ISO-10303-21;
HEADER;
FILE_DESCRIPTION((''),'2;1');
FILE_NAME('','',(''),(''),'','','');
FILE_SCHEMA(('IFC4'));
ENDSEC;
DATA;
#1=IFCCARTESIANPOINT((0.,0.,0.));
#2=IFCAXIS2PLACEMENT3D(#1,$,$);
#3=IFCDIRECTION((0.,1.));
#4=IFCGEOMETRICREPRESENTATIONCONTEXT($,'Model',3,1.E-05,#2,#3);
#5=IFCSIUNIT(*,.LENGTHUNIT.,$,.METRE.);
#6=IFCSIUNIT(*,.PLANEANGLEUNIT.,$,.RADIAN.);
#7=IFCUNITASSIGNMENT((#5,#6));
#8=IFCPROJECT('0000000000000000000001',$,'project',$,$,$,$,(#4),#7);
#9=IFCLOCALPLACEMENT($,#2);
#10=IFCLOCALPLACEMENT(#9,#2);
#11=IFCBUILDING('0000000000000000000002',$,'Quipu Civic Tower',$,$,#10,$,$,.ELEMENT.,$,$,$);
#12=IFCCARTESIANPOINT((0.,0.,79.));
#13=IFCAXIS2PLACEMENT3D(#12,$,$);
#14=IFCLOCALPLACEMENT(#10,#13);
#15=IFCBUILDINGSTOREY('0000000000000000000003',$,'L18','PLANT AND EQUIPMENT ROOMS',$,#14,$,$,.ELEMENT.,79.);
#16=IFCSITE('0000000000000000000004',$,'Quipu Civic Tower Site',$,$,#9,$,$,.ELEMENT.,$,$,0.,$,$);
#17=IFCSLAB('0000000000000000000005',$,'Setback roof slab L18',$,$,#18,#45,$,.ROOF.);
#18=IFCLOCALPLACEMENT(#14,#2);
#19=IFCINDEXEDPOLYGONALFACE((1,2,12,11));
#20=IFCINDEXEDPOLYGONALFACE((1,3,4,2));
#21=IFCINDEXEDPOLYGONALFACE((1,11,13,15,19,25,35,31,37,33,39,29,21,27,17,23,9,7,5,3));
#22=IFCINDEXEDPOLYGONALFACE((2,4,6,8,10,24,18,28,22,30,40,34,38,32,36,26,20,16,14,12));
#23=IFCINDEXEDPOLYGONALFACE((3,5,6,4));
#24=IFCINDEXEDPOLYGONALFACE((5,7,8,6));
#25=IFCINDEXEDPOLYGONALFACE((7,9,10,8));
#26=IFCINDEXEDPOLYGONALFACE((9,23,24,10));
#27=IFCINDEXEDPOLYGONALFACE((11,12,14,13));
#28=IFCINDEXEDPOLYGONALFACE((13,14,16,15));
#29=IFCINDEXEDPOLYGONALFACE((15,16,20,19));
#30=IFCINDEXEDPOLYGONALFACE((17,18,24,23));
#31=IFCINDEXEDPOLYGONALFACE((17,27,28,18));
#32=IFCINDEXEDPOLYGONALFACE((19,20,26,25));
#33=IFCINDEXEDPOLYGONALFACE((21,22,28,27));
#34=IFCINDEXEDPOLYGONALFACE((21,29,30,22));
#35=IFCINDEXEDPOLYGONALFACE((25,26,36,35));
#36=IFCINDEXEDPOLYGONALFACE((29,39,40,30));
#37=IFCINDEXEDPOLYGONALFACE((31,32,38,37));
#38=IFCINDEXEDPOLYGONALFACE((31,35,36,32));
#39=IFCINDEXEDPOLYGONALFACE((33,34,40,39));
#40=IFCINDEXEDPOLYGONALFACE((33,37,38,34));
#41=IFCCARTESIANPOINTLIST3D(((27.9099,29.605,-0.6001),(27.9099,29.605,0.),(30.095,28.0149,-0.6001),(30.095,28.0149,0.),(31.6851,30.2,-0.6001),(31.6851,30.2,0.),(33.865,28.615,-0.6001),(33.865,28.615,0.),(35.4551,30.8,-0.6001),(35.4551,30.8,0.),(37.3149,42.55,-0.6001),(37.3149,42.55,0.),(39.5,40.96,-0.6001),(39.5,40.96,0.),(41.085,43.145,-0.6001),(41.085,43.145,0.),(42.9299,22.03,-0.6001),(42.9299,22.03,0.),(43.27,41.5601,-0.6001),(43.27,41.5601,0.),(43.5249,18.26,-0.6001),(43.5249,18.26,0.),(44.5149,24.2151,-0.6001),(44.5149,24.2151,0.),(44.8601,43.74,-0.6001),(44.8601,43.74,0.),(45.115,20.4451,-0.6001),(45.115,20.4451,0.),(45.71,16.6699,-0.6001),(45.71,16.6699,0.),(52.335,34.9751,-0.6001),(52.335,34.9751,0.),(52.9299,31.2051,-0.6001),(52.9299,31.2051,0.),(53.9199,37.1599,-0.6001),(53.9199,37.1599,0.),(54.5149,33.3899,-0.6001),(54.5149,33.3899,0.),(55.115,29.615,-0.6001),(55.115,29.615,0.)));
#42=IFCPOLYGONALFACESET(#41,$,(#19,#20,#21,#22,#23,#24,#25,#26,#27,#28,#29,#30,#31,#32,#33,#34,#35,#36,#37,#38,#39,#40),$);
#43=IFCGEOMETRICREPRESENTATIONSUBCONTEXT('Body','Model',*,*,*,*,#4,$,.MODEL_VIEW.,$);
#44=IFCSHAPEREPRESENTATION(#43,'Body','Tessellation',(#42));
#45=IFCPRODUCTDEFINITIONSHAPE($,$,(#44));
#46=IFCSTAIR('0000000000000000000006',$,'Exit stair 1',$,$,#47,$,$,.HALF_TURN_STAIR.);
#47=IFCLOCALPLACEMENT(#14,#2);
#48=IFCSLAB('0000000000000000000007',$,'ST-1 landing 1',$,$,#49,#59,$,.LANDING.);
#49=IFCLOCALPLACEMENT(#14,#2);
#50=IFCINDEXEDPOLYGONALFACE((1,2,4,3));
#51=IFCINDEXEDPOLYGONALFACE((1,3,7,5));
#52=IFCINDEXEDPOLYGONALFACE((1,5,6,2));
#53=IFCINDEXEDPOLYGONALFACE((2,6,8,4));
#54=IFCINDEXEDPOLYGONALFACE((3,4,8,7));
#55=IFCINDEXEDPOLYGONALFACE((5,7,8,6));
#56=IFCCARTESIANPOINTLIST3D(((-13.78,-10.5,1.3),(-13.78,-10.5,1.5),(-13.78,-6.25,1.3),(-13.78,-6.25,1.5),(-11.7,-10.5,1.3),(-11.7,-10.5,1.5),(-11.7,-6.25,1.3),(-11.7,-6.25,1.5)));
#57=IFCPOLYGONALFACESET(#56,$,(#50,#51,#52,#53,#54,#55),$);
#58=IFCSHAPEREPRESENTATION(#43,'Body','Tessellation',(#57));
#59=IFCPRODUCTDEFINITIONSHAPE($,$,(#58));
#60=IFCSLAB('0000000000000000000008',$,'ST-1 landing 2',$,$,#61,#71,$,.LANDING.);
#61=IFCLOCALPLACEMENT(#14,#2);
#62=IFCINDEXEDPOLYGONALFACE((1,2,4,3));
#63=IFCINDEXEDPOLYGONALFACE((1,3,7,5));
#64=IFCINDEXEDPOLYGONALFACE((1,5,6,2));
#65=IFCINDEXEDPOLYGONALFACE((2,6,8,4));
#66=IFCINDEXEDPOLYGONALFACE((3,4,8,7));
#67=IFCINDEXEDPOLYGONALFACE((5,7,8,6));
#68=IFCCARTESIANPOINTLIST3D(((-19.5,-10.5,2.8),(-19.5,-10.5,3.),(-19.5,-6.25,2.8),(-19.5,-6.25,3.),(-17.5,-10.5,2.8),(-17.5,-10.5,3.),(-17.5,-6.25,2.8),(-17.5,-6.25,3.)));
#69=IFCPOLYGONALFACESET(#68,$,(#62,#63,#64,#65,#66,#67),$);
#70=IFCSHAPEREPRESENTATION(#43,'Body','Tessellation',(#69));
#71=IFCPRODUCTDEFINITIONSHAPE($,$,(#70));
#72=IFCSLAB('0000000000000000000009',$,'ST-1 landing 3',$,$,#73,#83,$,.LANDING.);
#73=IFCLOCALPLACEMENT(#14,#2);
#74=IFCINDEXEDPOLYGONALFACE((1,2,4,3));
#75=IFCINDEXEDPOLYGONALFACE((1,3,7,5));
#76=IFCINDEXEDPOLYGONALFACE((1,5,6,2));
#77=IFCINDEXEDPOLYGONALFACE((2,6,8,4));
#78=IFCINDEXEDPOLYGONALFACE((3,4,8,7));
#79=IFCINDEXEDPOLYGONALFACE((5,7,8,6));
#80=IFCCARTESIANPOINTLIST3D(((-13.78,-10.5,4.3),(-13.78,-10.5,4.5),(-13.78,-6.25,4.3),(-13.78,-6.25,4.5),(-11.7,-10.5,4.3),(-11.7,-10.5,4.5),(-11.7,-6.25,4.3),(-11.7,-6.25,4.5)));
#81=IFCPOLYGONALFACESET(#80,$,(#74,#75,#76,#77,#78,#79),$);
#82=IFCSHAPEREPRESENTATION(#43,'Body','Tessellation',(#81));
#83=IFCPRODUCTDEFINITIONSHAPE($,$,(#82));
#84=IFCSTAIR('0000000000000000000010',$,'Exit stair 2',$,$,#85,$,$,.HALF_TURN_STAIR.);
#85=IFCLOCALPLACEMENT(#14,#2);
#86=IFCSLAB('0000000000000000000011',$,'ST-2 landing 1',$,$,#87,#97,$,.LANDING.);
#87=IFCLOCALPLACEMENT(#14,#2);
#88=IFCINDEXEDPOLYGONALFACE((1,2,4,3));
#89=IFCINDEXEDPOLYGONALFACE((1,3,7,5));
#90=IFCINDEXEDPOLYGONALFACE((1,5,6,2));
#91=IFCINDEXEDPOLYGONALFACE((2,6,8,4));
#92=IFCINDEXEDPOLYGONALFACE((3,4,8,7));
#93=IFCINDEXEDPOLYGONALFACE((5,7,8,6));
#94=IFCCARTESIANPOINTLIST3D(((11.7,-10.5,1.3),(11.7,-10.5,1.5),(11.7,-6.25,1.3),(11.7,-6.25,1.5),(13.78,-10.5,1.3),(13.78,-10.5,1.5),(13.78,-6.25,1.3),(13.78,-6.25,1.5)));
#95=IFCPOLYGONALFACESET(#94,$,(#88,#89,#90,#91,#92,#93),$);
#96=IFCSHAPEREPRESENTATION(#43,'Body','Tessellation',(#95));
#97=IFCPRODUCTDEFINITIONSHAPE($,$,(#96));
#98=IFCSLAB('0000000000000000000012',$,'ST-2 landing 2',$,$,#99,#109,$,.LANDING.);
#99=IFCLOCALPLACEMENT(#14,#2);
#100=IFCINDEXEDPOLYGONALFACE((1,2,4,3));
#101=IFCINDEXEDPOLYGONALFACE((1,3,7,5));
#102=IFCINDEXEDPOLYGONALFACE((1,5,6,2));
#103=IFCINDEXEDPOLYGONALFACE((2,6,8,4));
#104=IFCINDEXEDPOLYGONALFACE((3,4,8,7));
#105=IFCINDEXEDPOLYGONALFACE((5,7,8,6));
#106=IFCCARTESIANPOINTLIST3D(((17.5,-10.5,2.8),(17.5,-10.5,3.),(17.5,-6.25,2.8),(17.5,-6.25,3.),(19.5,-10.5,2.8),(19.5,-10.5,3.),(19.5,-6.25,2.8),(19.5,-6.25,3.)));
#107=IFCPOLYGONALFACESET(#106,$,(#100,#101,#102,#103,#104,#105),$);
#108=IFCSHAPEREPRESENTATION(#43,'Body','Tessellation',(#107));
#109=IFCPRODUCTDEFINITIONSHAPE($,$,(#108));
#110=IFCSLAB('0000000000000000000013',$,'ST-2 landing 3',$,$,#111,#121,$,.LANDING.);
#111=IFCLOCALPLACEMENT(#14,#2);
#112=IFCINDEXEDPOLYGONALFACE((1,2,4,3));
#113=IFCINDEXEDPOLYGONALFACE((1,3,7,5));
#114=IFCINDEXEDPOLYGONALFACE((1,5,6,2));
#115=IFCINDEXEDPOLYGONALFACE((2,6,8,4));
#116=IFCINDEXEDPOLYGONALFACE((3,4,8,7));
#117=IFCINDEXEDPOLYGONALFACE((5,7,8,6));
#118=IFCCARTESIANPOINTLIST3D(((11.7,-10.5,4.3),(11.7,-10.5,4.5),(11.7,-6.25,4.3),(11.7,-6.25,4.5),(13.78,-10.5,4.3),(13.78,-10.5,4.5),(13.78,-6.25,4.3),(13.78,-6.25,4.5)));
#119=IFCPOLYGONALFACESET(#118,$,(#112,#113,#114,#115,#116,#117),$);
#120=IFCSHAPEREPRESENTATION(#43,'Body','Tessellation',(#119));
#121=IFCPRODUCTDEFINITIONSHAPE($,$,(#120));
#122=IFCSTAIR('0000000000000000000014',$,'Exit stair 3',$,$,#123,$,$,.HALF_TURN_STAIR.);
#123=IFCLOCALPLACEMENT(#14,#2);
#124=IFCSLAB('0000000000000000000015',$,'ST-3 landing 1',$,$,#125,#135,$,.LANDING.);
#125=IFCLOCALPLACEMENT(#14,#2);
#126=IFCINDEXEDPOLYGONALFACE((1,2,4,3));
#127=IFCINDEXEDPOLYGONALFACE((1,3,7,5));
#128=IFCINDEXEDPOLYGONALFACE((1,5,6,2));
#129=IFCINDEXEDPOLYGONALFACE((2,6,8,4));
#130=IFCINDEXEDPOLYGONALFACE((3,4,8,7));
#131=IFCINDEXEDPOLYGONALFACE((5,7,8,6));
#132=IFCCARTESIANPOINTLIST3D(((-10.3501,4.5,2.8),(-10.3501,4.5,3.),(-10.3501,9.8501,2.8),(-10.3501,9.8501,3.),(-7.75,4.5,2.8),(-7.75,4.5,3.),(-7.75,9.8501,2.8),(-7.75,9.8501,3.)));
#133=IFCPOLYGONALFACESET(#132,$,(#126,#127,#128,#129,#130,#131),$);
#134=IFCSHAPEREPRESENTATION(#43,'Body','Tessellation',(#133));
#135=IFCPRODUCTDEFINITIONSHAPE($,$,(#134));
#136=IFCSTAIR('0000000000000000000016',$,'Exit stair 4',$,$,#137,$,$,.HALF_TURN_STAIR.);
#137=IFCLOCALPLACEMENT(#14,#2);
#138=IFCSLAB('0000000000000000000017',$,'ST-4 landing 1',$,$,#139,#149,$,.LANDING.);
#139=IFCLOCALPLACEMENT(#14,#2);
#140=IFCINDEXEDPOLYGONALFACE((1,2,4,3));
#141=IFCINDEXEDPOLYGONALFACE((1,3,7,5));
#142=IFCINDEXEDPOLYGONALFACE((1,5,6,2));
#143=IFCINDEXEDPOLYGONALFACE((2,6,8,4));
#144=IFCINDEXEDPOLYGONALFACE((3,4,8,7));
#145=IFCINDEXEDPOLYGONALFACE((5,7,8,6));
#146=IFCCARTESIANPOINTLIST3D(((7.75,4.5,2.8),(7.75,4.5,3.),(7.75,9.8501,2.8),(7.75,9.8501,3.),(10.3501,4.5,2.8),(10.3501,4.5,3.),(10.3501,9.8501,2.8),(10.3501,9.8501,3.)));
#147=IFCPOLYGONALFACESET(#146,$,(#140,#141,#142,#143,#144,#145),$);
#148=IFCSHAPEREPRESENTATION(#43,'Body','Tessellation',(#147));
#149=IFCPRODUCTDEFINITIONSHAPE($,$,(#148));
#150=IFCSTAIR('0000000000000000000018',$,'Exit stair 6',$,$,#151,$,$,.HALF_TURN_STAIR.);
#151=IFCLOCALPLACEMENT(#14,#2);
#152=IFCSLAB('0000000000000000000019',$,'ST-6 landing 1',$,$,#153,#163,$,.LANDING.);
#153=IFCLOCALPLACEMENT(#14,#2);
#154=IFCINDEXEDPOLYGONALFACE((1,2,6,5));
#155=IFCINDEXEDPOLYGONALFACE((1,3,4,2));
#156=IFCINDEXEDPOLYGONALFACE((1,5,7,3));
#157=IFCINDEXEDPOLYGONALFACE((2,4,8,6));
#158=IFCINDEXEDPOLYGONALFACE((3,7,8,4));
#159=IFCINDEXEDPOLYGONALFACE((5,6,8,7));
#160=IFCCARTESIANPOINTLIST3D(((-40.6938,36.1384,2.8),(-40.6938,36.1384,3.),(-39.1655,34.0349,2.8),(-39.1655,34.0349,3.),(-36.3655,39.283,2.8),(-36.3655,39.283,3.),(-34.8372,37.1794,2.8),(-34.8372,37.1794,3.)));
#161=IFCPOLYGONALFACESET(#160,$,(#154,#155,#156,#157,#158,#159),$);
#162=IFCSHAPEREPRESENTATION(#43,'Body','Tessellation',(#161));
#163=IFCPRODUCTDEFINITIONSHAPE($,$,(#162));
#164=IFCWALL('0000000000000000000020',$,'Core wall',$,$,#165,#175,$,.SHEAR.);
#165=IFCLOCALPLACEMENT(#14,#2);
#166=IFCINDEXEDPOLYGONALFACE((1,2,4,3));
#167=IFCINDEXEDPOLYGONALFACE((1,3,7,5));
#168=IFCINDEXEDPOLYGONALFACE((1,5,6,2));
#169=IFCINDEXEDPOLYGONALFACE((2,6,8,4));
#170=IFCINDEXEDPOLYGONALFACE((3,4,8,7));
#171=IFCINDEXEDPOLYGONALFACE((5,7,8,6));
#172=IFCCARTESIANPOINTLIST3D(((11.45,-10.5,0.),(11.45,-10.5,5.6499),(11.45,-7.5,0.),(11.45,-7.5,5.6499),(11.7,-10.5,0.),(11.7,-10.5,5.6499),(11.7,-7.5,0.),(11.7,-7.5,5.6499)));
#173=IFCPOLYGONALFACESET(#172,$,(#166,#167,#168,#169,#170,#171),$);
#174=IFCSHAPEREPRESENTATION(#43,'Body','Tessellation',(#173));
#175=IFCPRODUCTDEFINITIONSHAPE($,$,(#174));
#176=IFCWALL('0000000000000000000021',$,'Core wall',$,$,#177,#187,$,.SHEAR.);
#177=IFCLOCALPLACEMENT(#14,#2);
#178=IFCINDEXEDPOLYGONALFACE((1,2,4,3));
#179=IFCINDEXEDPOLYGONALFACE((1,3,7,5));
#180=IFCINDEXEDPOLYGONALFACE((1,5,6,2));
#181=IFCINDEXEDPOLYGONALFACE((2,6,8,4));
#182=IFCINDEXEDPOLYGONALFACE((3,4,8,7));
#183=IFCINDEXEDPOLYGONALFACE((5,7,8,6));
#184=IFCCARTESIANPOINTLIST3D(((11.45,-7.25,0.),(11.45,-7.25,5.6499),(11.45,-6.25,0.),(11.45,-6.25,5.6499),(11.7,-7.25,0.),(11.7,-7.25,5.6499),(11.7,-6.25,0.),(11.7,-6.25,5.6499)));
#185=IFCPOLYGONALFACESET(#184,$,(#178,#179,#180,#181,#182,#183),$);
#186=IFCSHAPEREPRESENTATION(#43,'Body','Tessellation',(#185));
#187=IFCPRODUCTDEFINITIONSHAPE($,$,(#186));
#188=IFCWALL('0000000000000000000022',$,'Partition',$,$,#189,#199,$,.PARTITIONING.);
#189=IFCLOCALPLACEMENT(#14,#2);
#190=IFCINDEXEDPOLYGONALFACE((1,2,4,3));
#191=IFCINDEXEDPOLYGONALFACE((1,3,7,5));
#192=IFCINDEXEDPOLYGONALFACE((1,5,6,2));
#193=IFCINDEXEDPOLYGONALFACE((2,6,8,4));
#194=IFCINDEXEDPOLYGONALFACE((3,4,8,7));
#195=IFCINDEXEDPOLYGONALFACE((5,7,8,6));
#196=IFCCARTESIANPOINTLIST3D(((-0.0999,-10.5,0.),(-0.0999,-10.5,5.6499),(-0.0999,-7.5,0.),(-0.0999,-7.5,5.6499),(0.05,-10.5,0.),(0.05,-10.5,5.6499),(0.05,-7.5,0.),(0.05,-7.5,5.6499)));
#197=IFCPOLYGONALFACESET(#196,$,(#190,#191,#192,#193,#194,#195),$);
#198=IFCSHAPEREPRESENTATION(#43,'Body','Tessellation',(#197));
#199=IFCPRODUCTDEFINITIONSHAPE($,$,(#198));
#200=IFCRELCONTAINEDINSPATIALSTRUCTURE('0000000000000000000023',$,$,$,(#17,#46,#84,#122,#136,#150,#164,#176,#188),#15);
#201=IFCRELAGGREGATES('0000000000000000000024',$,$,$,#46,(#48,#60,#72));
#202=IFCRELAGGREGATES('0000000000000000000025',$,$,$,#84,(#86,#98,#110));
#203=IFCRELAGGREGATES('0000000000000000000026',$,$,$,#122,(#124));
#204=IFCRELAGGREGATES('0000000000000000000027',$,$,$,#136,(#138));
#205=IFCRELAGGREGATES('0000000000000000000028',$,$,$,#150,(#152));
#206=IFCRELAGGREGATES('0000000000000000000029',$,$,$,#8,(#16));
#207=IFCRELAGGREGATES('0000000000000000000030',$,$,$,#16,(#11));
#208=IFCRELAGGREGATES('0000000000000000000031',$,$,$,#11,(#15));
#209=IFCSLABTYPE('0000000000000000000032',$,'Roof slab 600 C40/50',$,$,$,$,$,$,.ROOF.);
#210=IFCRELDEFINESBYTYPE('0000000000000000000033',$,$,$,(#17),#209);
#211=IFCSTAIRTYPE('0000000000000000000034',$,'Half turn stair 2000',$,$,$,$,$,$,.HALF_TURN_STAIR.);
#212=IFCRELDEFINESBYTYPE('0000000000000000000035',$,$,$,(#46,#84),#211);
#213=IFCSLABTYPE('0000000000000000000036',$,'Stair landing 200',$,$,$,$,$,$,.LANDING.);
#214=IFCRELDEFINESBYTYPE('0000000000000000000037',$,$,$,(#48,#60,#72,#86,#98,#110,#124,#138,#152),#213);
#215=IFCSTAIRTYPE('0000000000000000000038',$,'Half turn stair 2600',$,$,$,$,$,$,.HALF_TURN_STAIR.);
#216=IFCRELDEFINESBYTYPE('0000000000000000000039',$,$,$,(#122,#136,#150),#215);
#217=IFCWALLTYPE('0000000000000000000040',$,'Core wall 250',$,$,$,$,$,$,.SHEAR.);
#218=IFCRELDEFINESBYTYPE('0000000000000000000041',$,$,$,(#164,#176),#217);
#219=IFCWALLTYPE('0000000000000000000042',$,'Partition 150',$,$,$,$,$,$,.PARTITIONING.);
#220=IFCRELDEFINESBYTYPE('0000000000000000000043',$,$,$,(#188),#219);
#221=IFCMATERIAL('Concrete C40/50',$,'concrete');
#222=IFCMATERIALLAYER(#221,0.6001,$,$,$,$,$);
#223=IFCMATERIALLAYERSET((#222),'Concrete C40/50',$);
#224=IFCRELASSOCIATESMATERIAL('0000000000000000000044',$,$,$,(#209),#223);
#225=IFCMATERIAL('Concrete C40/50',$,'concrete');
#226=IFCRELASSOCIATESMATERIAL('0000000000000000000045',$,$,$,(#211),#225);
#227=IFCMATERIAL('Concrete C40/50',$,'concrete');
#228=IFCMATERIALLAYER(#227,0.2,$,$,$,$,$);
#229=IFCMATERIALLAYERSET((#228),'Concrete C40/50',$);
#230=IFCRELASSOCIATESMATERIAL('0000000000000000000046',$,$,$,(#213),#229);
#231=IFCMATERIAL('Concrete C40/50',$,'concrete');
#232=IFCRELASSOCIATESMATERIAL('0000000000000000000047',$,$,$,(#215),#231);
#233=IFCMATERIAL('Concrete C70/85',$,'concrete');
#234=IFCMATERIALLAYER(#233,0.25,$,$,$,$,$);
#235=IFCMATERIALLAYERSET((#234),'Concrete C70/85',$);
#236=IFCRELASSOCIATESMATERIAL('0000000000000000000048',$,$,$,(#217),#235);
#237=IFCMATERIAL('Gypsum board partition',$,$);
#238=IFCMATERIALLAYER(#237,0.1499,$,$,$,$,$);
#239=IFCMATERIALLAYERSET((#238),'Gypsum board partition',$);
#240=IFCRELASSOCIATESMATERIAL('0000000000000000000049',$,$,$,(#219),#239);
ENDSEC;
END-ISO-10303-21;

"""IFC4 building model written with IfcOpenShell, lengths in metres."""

from ifc_helpers import new_model, si_unit, direction, frame, frame_2d, origin, place, context, subcontext, project, spatial, polyline, rectangle, outline, extrude, material, layer, layer_set, type_object, element, aggregate, save


model = new_model("IFC4")

# Units and contexts
model_context = context("Model", 3, precision=1e-05, world=origin(), true_north=direction((0.0, 1.0)))
body_context = subcontext(model_context, "Body", "Model", "MODEL_VIEW")
ifc_project = project(units=[si_unit("LENGTHUNIT", "METRE"), si_unit("PLANEANGLEUNIT", "RADIAN")], contexts=[model_context])

# Site, building, storey
site_placement = place(None, origin())
site = spatial("IfcSite", under=ifc_project, at=site_placement, Name="Quipu Civic Tower Site", CompositionType="ELEMENT", RefElevation=0.0)
building_placement = place(site_placement, origin())
building = spatial("IfcBuilding", under=site, at=building_placement, Name="Quipu Civic Tower", CompositionType="ELEMENT")
storey_placement = place(building_placement, frame((0.0, 0.0, 79.0)))
storey = spatial("IfcBuildingStorey", under=building, at=storey_placement, Name="L18", Description="PLANT AND EQUIPMENT ROOMS", CompositionType="ELEMENT", Elevation=79.0)

# Slab
ifc_material_1 = material(Name="Concrete C40/50", Category="concrete")
ifc_layer_1 = layer(ifc_material_1, 0.6001)
ifc_layer_set_1 = layer_set([ifc_layer_1], Name="Concrete C40/50")
slab_type_1 = type_object("IfcSlabType", Name="Roof slab 600 C40/50", PredefinedType="ROOF", material=ifc_layer_set_1)
slab_1_placement = place(storey_placement, frame((0.0, 0.0, -0.6001)))
element("IfcSlab", 1, at=slab_1_placement, inside=storey, type_object=slab_type_1, Name="Setback roof slab L18", PredefinedType="ROOF", context=body_context, shape_type="SweptSolid", body=[
    extrude(outline(polyline([(39.5, 40.96), (41.085, 43.145), (43.27, 41.5601), (44.8601, 43.74), (53.9199, 37.1599), (52.335, 34.9751), (54.5149, 33.3899), (52.9299, 31.2051), (55.115, 29.615), (45.71, 16.6699), (43.5249, 18.26), (45.115, 20.4451), (42.9299, 22.03), (44.5149, 24.2151), (35.4551, 30.8), (33.865, 28.615), (31.6851, 30.2), (30.095, 28.0149), (27.9099, 29.605), (37.3149, 42.55), (39.5, 40.96)])), origin(), (0.0, 0.0, 1.0), 0.6001),
])

# Stairs, slabs
ifc_material_2 = material(Name="Concrete C40/50", Category="concrete")
stair_type_1 = type_object("IfcStairType", Name="Half turn stair 2000", PredefinedType="HALF_TURN_STAIR", material=ifc_material_2)
stair_1_placement = place(storey_placement, origin())
stair_1 = element("IfcStair", 2, at=stair_1_placement, inside=storey, type_object=stair_type_1, Name="Exit stair 1", PredefinedType="HALF_TURN_STAIR")
ifc_material_3 = material(Name="Concrete C40/50", Category="concrete")
ifc_layer_2 = layer(ifc_material_3, 0.2)
ifc_layer_set_2 = layer_set([ifc_layer_2], Name="Concrete C40/50")
slab_type_2 = type_object("IfcSlabType", Name="Stair landing 200", PredefinedType="LANDING", material=ifc_layer_set_2)
slab_2_placement = place(storey_placement, frame((0.0, 0.0, 1.3)))
slab_2 = element("IfcSlab", 3, at=slab_2_placement, type_object=slab_type_2, Name="ST-1 landing 1", PredefinedType="LANDING", context=body_context, shape_type="SweptSolid", body=[
    extrude(outline(polyline([(-13.78, -10.5), (-11.7, -10.5), (-11.7, -6.25), (-13.78, -6.25), (-13.78, -10.5)])), origin(), (0.0, 0.0, 1.0), 0.2),
])
slab_3_placement = place(storey_placement, frame((0.0, 0.0, 2.8)))
slab_3 = element("IfcSlab", 4, at=slab_3_placement, type_object=slab_type_2, Name="ST-1 landing 2", PredefinedType="LANDING", context=body_context, shape_type="SweptSolid", body=[
    extrude(outline(polyline([(-19.5, -10.5), (-17.5, -10.5), (-17.5, -6.25), (-19.5, -6.25), (-19.5, -10.5)])), origin(), (0.0, 0.0, 1.0), 0.2),
])
slab_4_placement = place(storey_placement, frame((0.0, 0.0, 4.3)))
slab_4 = element("IfcSlab", 5, at=slab_4_placement, type_object=slab_type_2, Name="ST-1 landing 3", PredefinedType="LANDING", context=body_context, shape_type="SweptSolid", body=[
    extrude(outline(polyline([(-13.78, -10.5), (-11.7, -10.5), (-11.7, -6.25), (-13.78, -6.25), (-13.78, -10.5)])), origin(), (0.0, 0.0, 1.0), 0.2),
])
aggregate(stair_1, [slab_2, slab_3, slab_4])
stair_2_placement = place(storey_placement, origin())
stair_2 = element("IfcStair", 6, at=stair_2_placement, inside=storey, type_object=stair_type_1, Name="Exit stair 2", PredefinedType="HALF_TURN_STAIR")
slab_5_placement = place(storey_placement, frame((0.0, 0.0, 1.3)))
slab_5 = element("IfcSlab", 7, at=slab_5_placement, type_object=slab_type_2, Name="ST-2 landing 1", PredefinedType="LANDING", context=body_context, shape_type="SweptSolid", body=[
    extrude(outline(polyline([(13.78, -6.25), (11.7, -6.25), (11.7, -10.5), (13.78, -10.5), (13.78, -6.25)])), origin(), (0.0, 0.0, 1.0), 0.2),
])
slab_6_placement = place(storey_placement, frame((0.0, 0.0, 2.8)))
slab_6 = element("IfcSlab", 8, at=slab_6_placement, type_object=slab_type_2, Name="ST-2 landing 2", PredefinedType="LANDING", context=body_context, shape_type="SweptSolid", body=[
    extrude(outline(polyline([(19.5, -6.25), (17.5, -6.25), (17.5, -10.5), (19.5, -10.5), (19.5, -6.25)])), origin(), (0.0, 0.0, 1.0), 0.2),
])
slab_7_placement = place(storey_placement, frame((0.0, 0.0, 4.3)))
slab_7 = element("IfcSlab", 9, at=slab_7_placement, type_object=slab_type_2, Name="ST-2 landing 3", PredefinedType="LANDING", context=body_context, shape_type="SweptSolid", body=[
    extrude(outline(polyline([(13.78, -6.25), (11.7, -6.25), (11.7, -10.5), (13.78, -10.5), (13.78, -6.25)])), origin(), (0.0, 0.0, 1.0), 0.2),
])
aggregate(stair_2, [slab_5, slab_6, slab_7])

# Stairs, slabs
ifc_material_4 = material(Name="Concrete C40/50", Category="concrete")
stair_type_2 = type_object("IfcStairType", Name="Half turn stair 2600", PredefinedType="HALF_TURN_STAIR", material=ifc_material_4)
stair_3_placement = place(storey_placement, origin())
stair_3 = element("IfcStair", 10, at=stair_3_placement, inside=storey, type_object=stair_type_2, Name="Exit stair 3", PredefinedType="HALF_TURN_STAIR")
slab_8_placement = place(storey_placement, frame((0.0, 0.0, 2.8)))
slab_8 = element("IfcSlab", 11, at=slab_8_placement, type_object=slab_type_2, Name="ST-3 landing 1", PredefinedType="LANDING", context=body_context, shape_type="SweptSolid", body=[
    extrude(outline(polyline([(-10.3501, 4.5), (-7.75, 4.5), (-7.75, 9.8501), (-10.3501, 9.8501), (-10.3501, 4.5)])), origin(), (0.0, 0.0, 1.0), 0.2),
])
aggregate(stair_3, [slab_8])
stair_4_placement = place(storey_placement, origin())
stair_4 = element("IfcStair", 12, at=stair_4_placement, inside=storey, type_object=stair_type_2, Name="Exit stair 4", PredefinedType="HALF_TURN_STAIR")
slab_9_placement = place(storey_placement, frame((0.0, 0.0, 2.8)))
slab_9 = element("IfcSlab", 13, at=slab_9_placement, type_object=slab_type_2, Name="ST-4 landing 1", PredefinedType="LANDING", context=body_context, shape_type="SweptSolid", body=[
    extrude(outline(polyline([(10.3501, 9.8501), (7.75, 9.8501), (7.75, 4.5), (10.3501, 4.5), (10.3501, 9.8501)])), origin(), (0.0, 0.0, 1.0), 0.2),
])
aggregate(stair_4, [slab_9])
stair_5_placement = place(storey_placement, origin())
stair_5 = element("IfcStair", 14, at=stair_5_placement, inside=storey, type_object=stair_type_2, Name="Exit stair 6", PredefinedType="HALF_TURN_STAIR")
slab_10_placement = place(storey_placement, frame((0.0, 0.0, 2.8)))
slab_10 = element("IfcSlab", 15, at=slab_10_placement, type_object=slab_type_2, Name="ST-6 landing 1", PredefinedType="LANDING", context=body_context, shape_type="SweptSolid", body=[
    extrude(outline(polyline([(-34.8372, 37.1794), (-36.3655, 39.283), (-40.6938, 36.1384), (-39.1655, 34.0349), (-34.8372, 37.1794)])), origin(), (0.0, 0.0, 1.0), 0.2),
])
aggregate(stair_5, [slab_10])

# Walls
ifc_material_5 = material(Name="Concrete C70/85", Category="concrete")
ifc_layer_3 = layer(ifc_material_5, 0.25)
ifc_layer_set_3 = layer_set([ifc_layer_3], Name="Concrete C70/85")
wall_type_1 = type_object("IfcWallType", Name="Core wall 250", PredefinedType="SHEAR", material=ifc_layer_set_3)
wall_1_placement = place(storey_placement, frame((11.575, -10.5, 0.0), z_axis=(0.0, 0.0, 1.0), x_axis=(0.0, 1.0, 0.0)))
element("IfcWall", 16, at=wall_1_placement, inside=storey, type_object=wall_type_1, Name="Core wall", PredefinedType="SHEAR", context=body_context, shape_type="SweptSolid", body=[
    extrude(rectangle(XDim=3.0, YDim=0.25, at=frame_2d((1.5, 0.0))), origin(), (0.0, 0.0, 1.0), 5.6499),
])
wall_2_placement = place(storey_placement, frame((11.575, -7.25, 0.0), z_axis=(0.0, 0.0, 1.0), x_axis=(0.0, 1.0, 0.0)))
element("IfcWall", 17, at=wall_2_placement, inside=storey, type_object=wall_type_1, Name="Core wall", PredefinedType="SHEAR", context=body_context, shape_type="SweptSolid", body=[
    extrude(rectangle(XDim=1.0, YDim=0.25, at=frame_2d((0.5, 0.0))), origin(), (0.0, 0.0, 1.0), 5.6499),
])
ifc_material_6 = material(Name="Gypsum board partition")
ifc_layer_4 = layer(ifc_material_6, 0.1499)
ifc_layer_set_4 = layer_set([ifc_layer_4], Name="Gypsum board partition")
wall_type_2 = type_object("IfcWallType", Name="Partition 150", PredefinedType="PARTITIONING", material=ifc_layer_set_4)
wall_3_placement = place(storey_placement, frame((-0.0249, -10.5, 0.0), z_axis=(0.0, 0.0, 1.0), x_axis=(0.0, 1.0, 0.0)))
element("IfcWall", 18, at=wall_3_placement, inside=storey, type_object=wall_type_2, Name="Partition", PredefinedType="PARTITIONING", context=body_context, shape_type="SweptSolid", body=[
    extrude(rectangle(XDim=3.0, YDim=0.1499, at=frame_2d((1.5, 0.0))), origin(), (0.0, 0.0, 1.0), 5.6499),
])

save(model, "model.ifc")
